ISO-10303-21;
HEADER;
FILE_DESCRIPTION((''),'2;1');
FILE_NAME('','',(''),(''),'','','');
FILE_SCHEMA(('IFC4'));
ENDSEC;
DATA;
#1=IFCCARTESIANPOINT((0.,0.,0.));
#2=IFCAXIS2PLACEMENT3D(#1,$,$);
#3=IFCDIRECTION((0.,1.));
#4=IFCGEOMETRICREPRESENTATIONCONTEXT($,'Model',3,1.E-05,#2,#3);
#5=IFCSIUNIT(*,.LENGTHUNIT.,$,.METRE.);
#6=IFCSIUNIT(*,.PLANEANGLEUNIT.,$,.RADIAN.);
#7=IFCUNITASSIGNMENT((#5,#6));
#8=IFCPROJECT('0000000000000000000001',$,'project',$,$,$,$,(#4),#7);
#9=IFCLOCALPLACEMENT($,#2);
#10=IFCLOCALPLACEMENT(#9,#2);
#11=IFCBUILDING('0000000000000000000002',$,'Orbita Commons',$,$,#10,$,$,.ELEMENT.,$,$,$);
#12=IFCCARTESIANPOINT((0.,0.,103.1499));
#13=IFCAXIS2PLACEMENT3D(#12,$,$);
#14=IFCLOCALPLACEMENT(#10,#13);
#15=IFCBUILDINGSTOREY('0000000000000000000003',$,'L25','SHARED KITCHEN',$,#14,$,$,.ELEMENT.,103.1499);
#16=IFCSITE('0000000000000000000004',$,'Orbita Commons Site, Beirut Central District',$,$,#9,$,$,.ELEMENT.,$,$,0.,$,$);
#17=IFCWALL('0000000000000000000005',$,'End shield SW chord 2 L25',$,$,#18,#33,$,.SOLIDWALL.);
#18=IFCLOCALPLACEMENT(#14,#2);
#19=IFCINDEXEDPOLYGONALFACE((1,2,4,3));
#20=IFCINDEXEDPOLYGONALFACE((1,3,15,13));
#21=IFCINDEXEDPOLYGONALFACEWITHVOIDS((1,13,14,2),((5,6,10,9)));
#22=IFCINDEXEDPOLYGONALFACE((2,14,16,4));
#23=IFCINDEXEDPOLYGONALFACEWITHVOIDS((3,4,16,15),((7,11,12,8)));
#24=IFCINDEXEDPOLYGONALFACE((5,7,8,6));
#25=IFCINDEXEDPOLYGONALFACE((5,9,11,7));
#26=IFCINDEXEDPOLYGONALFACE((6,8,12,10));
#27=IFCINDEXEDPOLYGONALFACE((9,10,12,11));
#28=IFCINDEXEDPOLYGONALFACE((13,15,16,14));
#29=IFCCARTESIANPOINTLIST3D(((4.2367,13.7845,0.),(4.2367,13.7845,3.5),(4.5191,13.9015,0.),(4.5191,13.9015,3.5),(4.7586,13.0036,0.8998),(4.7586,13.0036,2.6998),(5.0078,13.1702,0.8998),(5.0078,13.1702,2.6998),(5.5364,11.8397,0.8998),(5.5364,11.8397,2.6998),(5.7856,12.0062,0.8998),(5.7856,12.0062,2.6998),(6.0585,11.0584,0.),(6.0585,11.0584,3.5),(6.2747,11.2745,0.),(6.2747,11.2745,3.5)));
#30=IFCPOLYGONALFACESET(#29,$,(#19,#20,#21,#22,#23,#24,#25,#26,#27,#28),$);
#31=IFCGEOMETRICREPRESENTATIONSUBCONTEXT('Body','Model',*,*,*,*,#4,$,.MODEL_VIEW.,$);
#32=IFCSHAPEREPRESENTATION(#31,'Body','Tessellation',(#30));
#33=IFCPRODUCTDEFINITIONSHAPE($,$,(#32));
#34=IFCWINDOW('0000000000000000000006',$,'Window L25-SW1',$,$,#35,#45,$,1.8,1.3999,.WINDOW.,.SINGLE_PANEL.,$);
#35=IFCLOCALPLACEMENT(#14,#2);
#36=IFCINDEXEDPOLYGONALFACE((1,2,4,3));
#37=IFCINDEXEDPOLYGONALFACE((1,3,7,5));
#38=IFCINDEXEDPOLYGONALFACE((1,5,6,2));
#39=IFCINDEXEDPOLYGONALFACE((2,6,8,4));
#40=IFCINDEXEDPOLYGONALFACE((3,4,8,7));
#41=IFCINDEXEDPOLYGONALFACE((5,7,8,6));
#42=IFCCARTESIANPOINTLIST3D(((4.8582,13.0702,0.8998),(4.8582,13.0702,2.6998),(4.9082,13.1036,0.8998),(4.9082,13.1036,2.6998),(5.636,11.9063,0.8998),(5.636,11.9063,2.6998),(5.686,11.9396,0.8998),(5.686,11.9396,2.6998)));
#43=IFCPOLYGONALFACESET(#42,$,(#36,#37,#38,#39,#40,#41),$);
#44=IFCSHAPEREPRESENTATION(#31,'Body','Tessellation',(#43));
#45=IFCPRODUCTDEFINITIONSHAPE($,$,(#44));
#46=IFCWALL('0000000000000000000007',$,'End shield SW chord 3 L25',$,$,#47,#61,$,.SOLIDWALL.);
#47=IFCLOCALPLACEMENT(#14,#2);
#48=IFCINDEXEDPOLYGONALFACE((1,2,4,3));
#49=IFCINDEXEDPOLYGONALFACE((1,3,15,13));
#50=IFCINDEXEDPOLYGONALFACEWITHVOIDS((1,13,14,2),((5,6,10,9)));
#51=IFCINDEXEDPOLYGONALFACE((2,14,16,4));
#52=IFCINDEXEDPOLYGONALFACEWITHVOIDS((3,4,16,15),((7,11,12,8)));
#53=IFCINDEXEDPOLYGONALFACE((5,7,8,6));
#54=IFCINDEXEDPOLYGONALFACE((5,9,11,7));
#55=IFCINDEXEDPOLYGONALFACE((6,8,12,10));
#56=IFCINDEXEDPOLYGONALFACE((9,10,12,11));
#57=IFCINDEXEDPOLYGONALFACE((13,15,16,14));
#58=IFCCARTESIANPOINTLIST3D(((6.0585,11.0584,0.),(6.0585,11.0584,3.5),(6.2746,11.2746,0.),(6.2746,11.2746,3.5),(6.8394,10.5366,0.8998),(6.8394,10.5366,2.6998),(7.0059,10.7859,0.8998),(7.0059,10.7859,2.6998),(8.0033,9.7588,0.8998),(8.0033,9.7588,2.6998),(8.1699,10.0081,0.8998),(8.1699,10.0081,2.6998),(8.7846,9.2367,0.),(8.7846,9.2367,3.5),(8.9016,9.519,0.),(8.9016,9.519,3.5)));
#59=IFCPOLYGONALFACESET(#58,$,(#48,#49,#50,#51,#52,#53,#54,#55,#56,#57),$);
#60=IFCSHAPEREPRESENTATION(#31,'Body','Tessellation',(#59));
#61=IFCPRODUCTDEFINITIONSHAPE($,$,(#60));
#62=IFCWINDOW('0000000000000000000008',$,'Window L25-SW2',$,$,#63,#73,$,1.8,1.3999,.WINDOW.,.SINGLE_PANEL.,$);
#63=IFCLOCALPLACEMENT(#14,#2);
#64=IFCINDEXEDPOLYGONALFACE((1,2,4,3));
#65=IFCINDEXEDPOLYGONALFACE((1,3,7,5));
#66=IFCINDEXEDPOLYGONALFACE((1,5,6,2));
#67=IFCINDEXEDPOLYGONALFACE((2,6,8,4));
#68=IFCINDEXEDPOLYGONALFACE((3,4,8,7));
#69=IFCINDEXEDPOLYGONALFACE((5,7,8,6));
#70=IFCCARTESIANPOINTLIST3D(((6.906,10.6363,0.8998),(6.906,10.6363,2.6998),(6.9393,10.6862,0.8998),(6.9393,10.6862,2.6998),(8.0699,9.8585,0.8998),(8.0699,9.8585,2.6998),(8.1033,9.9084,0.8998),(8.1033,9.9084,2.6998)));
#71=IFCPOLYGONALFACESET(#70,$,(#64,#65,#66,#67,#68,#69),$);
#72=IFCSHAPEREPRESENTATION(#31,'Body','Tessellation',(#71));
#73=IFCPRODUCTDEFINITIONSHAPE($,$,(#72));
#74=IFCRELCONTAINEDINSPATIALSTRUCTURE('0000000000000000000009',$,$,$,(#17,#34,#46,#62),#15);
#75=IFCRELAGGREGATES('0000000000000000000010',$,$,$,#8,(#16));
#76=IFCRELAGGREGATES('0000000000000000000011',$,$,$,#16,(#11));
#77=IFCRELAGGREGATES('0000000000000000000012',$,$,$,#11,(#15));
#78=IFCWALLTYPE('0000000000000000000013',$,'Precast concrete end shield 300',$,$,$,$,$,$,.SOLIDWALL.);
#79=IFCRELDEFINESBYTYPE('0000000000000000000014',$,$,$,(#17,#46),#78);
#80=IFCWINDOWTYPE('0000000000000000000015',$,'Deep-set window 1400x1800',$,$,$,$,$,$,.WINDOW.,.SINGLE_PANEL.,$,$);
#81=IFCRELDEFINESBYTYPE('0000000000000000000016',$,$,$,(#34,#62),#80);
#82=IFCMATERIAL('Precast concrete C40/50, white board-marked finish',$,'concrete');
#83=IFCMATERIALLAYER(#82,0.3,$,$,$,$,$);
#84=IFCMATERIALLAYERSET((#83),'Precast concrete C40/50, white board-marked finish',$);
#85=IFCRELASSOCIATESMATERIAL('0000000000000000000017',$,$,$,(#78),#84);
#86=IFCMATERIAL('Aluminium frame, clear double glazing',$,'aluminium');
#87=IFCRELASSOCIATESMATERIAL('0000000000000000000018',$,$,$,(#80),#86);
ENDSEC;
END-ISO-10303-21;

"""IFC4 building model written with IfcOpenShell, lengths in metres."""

from ifc_helpers import new_model, si_unit, direction, frame, frame_2d, origin, place, context, subcontext, project, spatial, polyline, rectangle, outline, extrude, material, layer, layer_set, type_object, element, fill, save


model = new_model("IFC4")

# Units and contexts
model_context = context("Model", 3, precision=1e-05, world=origin(), true_north=direction((0.0, 1.0)))
body_context = subcontext(model_context, "Body", "Model", "MODEL_VIEW")
ifc_project = project(units=[si_unit("LENGTHUNIT", "METRE"), si_unit("PLANEANGLEUNIT", "RADIAN")], contexts=[model_context])

# Site, building, storey
site_placement = place(None, origin())
site = spatial("IfcSite", under=ifc_project, at=site_placement, Name="Orbita Commons Site, Beirut Central District", CompositionType="ELEMENT", RefElevation=0.0)
building_placement = place(site_placement, origin())
building = spatial("IfcBuilding", under=site, at=building_placement, Name="Orbita Commons", CompositionType="ELEMENT")
storey_placement = place(building_placement, frame((0.0, 0.0, 103.1499)))
storey = spatial("IfcBuildingStorey", under=building, at=storey_placement, Name="L25", Description="SHARED KITCHEN", CompositionType="ELEMENT", Elevation=103.1499)

# Walls, openings, windows
ifc_material_1 = material(Name="Precast concrete C40/50, white board-marked finish", Category="concrete")
ifc_layer_1 = layer(ifc_material_1, 0.3)
ifc_layer_set_1 = layer_set([ifc_layer_1], Name="Precast concrete C40/50, white board-marked finish")
wall_type_1 = type_object("IfcWallType", Name="Precast concrete end shield 300", PredefinedType="SOLIDWALL", material=ifc_layer_set_1)
ifc_material_2 = material(Name="Aluminium frame, clear double glazing", Category="aluminium")
window_type = type_object("IfcWindowType", Name="Deep-set window 1400x1800", PartitioningType="SINGLE_PANEL", PredefinedType="WINDOW", material=ifc_material_2)
wall_1_placement = place(storey_placement, frame((4.3779, 13.843, 0.0), z_axis=(0.0, 0.0, 1.0), x_axis=(0.55561, -0.831443, 0.0)))
wall_1 = element("IfcWall", 1, at=wall_1_placement, inside=storey, type_object=wall_type_1, Name="End shield SW chord 2 L25", PredefinedType="SOLIDWALL", context=body_context, shape_type="SweptSolid", body=[
    extrude(outline(polyline([(-0.0298, -0.1499), (3.249, -0.1499), (3.1895, 0.1499), (0.0298, 0.1499), (-0.0298, -0.1499)])), origin(), (0.0, 0.0, 1.0), 3.5),
])
opening_1_placement = place(wall_1_placement, frame((0.9094, 0.0, 0.8999)))
opening_1 = element("IfcOpeningElement", 2, at=opening_1_placement, cuts=wall_1, PredefinedType="OPENING", context=body_context, shape_type="SweptSolid", body=[
    extrude(rectangle(XDim=1.3999, YDim=1.8, at=frame_2d((0.7, 0.8999))), frame((0.0, 0.1599, 0.0), z_axis=(0.0, -1.0, 0.0), x_axis=(1.0, 0.0, 0.0)), (0.0, 0.0, 1.0), 0.3201),
])
window_1_placement = place(opening_1_placement, origin())
window_1 = element("IfcWindow", 3, at=window_1_placement, inside=storey, type_object=window_type, Name="Window L25-SW1", OverallHeight=1.8, OverallWidth=1.3999, PartitioningType="SINGLE_PANEL", PredefinedType="WINDOW", context=body_context, shape_type="SweptSolid", body=[
    extrude(rectangle(XDim=1.3999, YDim=1.8, at=frame_2d((0.7, 0.8999))), frame((0.0, 0.03, 0.0), z_axis=(0.0, -1.0, 0.0), x_axis=(1.0, 0.0, 0.0)), (0.0, 0.0, 1.0), 0.0601),
])
fill(opening_1, window_1)
wall_2_placement = place(storey_placement, frame((6.1665, 11.1665, 0.0), z_axis=(0.0, 0.0, 1.0), x_axis=(0.831443, -0.55561, 0.0)))
wall_2 = element("IfcWall", 4, at=wall_2_placement, inside=storey, type_object=wall_type_1, Name="End shield SW chord 3 L25", PredefinedType="SOLIDWALL", context=body_context, shape_type="SweptSolid", body=[
    extrude(outline(polyline([(-0.0298, -0.1499), (3.249, -0.1499), (3.1895, 0.1499), (0.0298, 0.1499), (-0.0298, -0.1499)])), origin(), (0.0, 0.0, 1.0), 3.5),
])
opening_2_placement = place(wall_2_placement, frame((0.9094, 0.0, 0.8999)))
opening_2 = element("IfcOpeningElement", 5, at=opening_2_placement, cuts=wall_2, PredefinedType="OPENING", context=body_context, shape_type="SweptSolid", body=[
    extrude(rectangle(XDim=1.3999, YDim=1.8, at=frame_2d((0.7, 0.8999))), frame((0.0, 0.1599, 0.0), z_axis=(0.0, -1.0, 0.0), x_axis=(1.0, 0.0, 0.0)), (0.0, 0.0, 1.0), 0.3201),
])
window_2_placement = place(opening_2_placement, origin())
window_2 = element("IfcWindow", 6, at=window_2_placement, inside=storey, type_object=window_type, Name="Window L25-SW2", OverallHeight=1.8, OverallWidth=1.3999, PartitioningType="SINGLE_PANEL", PredefinedType="WINDOW", context=body_context, shape_type="SweptSolid", body=[
    extrude(rectangle(XDim=1.3999, YDim=1.8, at=frame_2d((0.7, 0.8999))), frame((0.0, 0.03, 0.0), z_axis=(0.0, -1.0, 0.0), x_axis=(1.0, 0.0, 0.0)), (0.0, 0.0, 1.0), 0.0601),
])
fill(opening_2, window_2)

save(model, "model.ifc")
